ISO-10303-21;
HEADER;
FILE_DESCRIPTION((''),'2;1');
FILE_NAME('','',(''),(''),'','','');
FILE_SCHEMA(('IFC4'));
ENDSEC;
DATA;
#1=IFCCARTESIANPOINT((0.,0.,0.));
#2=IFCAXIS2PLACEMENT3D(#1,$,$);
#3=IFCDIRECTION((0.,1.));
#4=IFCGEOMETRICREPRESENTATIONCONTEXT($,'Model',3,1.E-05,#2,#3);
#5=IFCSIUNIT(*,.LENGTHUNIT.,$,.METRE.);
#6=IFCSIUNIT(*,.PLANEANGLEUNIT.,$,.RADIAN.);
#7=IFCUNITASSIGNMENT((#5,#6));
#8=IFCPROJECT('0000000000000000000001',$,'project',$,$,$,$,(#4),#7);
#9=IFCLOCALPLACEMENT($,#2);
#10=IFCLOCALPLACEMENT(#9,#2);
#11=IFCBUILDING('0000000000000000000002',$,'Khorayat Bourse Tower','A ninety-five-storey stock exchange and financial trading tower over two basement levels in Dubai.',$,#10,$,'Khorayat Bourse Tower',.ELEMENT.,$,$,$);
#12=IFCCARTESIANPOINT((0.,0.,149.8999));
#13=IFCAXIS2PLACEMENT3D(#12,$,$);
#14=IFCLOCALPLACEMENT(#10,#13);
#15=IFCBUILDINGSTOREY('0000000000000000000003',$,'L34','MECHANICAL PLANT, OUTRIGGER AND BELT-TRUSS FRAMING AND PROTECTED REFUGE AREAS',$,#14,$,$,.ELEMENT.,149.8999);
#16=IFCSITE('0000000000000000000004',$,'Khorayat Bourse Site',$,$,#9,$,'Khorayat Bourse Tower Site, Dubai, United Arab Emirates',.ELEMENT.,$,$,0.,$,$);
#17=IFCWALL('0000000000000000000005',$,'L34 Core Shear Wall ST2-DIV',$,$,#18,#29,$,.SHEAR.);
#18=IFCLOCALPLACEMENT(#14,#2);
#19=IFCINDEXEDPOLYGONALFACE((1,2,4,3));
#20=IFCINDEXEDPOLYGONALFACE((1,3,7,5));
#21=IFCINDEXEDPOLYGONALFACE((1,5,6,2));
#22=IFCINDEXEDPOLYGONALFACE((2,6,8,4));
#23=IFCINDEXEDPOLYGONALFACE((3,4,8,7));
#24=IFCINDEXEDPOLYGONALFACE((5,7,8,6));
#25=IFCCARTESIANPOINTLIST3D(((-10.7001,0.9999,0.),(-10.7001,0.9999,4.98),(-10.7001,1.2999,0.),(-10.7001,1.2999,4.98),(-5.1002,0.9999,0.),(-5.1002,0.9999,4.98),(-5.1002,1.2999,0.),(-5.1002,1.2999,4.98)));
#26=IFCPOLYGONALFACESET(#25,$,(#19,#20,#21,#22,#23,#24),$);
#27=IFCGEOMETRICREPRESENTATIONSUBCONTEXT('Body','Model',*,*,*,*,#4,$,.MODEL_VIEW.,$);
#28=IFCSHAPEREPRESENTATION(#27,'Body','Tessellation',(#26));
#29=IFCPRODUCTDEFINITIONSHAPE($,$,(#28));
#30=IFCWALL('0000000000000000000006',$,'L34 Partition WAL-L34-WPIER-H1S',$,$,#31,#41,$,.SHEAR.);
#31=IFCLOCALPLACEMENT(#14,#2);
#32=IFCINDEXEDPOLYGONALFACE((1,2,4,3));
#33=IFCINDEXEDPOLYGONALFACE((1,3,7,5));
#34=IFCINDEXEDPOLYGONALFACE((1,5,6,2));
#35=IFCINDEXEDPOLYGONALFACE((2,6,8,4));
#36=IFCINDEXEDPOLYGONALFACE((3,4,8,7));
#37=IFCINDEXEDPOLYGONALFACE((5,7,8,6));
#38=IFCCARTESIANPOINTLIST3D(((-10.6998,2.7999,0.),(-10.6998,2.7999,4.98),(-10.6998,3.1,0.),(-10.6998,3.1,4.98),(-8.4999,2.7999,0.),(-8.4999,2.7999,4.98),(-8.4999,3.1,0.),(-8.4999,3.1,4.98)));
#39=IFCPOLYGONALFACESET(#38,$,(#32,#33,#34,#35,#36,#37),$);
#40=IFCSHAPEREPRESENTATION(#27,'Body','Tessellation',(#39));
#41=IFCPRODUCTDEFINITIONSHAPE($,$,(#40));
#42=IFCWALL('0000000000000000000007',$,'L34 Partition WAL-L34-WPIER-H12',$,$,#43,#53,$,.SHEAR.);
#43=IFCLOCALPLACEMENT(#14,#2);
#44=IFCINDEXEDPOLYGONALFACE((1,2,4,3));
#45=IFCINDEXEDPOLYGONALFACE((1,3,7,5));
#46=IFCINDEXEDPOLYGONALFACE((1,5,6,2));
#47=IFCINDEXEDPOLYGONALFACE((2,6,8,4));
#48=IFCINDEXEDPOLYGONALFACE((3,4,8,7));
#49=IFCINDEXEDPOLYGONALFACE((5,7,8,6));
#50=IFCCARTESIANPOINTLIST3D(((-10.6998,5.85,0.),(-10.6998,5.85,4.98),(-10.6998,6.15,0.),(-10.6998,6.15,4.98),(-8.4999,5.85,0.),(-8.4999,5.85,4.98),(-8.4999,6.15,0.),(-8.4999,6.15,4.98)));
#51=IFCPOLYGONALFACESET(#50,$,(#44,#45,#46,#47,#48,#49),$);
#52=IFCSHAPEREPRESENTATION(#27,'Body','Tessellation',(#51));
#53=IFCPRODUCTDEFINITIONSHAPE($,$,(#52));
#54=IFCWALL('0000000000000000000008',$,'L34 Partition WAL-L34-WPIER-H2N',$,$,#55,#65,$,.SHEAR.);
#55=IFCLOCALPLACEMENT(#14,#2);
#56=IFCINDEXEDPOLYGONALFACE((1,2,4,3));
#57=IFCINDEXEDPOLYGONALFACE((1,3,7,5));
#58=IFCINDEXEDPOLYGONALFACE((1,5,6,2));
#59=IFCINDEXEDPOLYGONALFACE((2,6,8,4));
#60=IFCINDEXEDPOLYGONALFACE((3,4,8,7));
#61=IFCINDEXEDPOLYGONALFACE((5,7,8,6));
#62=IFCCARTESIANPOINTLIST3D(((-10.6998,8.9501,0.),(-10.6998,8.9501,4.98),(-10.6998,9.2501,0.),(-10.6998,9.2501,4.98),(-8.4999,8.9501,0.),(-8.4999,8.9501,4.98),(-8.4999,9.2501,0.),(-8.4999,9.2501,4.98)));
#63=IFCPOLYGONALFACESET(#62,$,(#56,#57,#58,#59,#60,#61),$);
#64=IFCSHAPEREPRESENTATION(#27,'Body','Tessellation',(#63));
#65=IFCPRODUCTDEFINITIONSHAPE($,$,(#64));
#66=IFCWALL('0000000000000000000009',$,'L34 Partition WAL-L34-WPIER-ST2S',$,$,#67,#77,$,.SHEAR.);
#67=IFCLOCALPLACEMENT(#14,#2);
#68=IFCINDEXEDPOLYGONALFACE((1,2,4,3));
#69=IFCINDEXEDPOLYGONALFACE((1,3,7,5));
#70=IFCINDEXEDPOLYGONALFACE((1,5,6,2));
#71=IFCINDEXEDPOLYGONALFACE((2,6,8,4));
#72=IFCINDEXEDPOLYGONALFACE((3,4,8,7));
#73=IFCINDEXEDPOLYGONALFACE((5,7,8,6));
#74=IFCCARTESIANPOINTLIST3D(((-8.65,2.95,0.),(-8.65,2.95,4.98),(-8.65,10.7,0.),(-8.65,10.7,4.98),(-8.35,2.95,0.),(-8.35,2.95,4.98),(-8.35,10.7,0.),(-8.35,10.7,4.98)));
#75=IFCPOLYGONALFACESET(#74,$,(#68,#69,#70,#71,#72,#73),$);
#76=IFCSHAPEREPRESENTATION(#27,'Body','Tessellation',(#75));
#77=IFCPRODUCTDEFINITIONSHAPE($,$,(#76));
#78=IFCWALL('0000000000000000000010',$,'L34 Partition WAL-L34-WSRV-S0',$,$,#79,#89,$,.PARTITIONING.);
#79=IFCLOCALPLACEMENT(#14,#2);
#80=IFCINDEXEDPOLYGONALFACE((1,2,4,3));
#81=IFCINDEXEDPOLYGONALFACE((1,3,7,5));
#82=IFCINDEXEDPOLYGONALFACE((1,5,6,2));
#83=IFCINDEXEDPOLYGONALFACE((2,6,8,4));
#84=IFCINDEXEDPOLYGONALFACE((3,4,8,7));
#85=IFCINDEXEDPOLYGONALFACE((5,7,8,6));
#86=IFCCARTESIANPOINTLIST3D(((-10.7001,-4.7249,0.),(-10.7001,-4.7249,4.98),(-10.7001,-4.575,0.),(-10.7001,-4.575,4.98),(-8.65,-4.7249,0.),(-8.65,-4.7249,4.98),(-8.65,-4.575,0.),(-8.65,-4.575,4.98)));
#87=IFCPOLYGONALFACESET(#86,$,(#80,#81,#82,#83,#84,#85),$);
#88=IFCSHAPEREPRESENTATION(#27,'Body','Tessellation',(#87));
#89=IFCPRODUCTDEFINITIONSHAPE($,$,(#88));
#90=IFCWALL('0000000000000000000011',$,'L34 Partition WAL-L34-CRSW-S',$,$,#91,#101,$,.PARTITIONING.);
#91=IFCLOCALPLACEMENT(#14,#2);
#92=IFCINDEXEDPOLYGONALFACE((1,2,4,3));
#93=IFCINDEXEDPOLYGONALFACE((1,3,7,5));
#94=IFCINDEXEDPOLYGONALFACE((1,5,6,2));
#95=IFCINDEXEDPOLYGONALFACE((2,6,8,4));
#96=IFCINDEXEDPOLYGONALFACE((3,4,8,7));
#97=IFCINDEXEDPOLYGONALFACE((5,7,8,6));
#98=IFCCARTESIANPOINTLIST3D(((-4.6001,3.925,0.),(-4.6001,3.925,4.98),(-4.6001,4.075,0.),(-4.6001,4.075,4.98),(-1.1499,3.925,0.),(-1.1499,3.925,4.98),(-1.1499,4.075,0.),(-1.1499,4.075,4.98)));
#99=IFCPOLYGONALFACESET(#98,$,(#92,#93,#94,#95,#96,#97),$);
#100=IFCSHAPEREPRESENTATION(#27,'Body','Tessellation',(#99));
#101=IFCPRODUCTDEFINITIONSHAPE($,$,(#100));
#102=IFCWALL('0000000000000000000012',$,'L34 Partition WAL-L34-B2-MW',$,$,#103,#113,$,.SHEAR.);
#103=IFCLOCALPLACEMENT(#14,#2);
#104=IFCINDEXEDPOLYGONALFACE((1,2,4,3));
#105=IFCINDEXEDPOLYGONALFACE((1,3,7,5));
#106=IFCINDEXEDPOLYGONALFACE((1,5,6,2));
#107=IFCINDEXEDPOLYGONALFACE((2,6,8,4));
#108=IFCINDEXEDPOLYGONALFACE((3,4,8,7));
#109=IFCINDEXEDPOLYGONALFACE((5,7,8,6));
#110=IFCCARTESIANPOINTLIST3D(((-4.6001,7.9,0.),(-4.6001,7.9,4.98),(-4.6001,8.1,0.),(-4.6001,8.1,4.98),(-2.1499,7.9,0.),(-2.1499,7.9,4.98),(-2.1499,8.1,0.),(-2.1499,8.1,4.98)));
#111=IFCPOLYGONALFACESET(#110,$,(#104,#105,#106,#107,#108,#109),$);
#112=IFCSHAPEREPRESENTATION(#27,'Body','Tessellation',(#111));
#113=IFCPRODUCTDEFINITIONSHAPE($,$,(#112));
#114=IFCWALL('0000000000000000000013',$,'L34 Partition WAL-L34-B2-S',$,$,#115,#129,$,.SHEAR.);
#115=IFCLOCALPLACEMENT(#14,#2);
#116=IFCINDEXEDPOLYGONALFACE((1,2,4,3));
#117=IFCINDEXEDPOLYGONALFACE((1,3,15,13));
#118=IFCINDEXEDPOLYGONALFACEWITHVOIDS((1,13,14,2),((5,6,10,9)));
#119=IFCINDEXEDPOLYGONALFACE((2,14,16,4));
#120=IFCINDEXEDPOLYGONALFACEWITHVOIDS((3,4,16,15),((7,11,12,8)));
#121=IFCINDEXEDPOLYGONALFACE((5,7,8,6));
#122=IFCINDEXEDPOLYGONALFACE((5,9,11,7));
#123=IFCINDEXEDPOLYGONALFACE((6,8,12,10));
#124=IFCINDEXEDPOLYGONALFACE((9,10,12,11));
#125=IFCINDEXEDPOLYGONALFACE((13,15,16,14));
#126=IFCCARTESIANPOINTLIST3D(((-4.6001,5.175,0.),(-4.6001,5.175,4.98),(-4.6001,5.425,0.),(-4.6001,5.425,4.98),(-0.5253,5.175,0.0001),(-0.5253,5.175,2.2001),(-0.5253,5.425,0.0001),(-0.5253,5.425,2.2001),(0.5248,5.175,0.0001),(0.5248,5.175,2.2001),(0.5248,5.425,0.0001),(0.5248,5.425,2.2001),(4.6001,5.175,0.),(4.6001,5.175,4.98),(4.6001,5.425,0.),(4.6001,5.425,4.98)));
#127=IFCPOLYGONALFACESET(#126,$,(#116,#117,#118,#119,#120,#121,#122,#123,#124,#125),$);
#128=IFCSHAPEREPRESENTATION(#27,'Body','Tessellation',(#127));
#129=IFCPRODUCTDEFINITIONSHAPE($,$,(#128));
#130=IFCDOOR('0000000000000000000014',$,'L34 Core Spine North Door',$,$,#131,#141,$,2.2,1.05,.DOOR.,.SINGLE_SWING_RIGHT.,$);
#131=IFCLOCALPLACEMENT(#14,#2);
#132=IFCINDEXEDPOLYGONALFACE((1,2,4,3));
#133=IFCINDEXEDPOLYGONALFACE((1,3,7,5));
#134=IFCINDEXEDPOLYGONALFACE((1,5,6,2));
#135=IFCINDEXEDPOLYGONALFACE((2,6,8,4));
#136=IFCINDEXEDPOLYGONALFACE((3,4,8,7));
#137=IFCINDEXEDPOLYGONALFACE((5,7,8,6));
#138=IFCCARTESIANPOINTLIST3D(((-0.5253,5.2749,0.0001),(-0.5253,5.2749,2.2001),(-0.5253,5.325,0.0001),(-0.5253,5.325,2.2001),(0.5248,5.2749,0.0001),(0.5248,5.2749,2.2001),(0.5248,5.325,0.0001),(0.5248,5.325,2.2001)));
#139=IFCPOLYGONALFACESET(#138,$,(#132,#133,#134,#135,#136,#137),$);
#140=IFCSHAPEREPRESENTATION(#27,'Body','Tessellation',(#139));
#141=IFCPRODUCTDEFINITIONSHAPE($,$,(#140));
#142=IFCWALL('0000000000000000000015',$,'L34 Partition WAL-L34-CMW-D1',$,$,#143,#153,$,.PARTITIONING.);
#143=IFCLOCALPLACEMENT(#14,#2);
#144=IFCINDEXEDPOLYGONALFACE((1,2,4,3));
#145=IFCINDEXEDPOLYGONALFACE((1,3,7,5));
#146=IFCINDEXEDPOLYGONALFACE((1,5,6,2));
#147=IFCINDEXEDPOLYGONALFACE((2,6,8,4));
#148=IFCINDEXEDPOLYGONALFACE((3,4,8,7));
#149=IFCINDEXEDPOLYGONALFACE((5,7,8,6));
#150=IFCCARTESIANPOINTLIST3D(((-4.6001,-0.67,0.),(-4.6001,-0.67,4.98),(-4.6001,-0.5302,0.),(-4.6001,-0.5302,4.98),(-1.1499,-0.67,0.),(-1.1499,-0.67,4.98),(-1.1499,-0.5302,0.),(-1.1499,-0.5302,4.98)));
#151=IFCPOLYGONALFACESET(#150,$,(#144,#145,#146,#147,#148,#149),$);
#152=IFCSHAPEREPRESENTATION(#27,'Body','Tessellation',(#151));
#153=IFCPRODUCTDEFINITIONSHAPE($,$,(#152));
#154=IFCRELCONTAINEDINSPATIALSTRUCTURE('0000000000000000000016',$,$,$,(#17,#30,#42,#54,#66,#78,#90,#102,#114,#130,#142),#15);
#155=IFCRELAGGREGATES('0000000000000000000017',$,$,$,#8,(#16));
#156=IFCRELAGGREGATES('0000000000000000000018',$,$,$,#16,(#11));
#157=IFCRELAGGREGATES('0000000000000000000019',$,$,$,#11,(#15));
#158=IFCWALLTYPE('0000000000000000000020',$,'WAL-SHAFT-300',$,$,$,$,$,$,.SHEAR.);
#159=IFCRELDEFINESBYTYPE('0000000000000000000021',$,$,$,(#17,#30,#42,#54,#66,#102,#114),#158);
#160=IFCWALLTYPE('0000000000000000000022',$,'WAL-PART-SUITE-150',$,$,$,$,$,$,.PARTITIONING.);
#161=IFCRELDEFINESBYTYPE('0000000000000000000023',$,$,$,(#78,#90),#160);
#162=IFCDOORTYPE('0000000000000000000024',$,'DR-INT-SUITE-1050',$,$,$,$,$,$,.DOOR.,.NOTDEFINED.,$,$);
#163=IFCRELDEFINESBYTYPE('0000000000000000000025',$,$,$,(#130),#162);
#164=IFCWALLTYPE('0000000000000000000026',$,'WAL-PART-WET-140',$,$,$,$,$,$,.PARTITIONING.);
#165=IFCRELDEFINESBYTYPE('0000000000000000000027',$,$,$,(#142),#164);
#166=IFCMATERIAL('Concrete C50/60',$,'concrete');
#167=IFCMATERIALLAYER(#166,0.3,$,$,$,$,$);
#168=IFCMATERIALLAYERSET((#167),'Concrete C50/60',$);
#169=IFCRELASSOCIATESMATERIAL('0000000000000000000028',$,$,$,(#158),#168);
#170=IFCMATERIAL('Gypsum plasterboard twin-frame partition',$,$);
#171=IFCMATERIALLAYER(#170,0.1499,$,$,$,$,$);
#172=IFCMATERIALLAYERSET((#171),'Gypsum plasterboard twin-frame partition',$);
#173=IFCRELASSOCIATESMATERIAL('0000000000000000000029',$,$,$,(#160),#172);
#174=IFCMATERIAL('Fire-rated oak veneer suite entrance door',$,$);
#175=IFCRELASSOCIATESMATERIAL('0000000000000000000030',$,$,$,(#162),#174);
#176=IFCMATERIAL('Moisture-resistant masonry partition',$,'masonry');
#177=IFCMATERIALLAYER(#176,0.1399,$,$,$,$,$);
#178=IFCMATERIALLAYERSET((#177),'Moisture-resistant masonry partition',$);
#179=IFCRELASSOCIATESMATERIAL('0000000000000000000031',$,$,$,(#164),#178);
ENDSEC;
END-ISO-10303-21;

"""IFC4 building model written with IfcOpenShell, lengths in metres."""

from ifc_helpers import new_model, si_unit, direction, frame, frame_2d, origin, place, context, subcontext, project, spatial, rectangle, extrude, source, transform, mapped, material, layer, layer_set, type_object, element, fill, save


model = new_model("IFC4")

# Units and contexts
model_context = context("Model", 3, precision=1e-05, world=origin(), true_north=direction((0.0, 1.0)))
body_context = subcontext(model_context, "Body", "Model", "MODEL_VIEW")
ifc_project = project(units=[si_unit("LENGTHUNIT", "METRE"), si_unit("PLANEANGLEUNIT", "RADIAN")], contexts=[model_context])

# Site, building, storey
site_placement = place(None, origin())
site = spatial("IfcSite", under=ifc_project, at=site_placement, Name="Khorayat Bourse Site", LongName="Khorayat Bourse Tower Site, Dubai, United Arab Emirates", CompositionType="ELEMENT", RefElevation=0.0)
building_placement = place(site_placement, origin())
building = spatial("IfcBuilding", under=site, at=building_placement, Name="Khorayat Bourse Tower", Description="A ninety-five-storey stock exchange and financial trading tower over two basement levels in Dubai.", LongName="Khorayat Bourse Tower", CompositionType="ELEMENT")
storey_placement = place(building_placement, frame((0.0, 0.0, 149.8999)))
storey = spatial("IfcBuildingStorey", under=building, at=storey_placement, Name="L34", Description="MECHANICAL PLANT, OUTRIGGER AND BELT-TRUSS FRAMING AND PROTECTED REFUGE AREAS", CompositionType="ELEMENT", Elevation=149.8999)

# Walls
ifc_material_1 = material(Name="Concrete C50/60", Category="concrete")
ifc_layer_1 = layer(ifc_material_1, 0.3)
ifc_layer_set_1 = layer_set([ifc_layer_1], Name="Concrete C50/60")
wall_type_1 = type_object("IfcWallType", Name="WAL-SHAFT-300", PredefinedType="SHEAR", material=ifc_layer_set_1)
shared_shape_1 = source(origin(), body_context, "Body", "SweptSolid", [
    extrude(rectangle(XDim=5.5999, YDim=0.3, at=frame_2d((2.7998, 0.0))), origin(), (0.0, 0.0, 1.0), 4.98),
])
for number, where, z_axis, x_axis, name in (
    (1, (-10.7, 1.1499, 0.0), (0.0, 0.0, 1.0), (1.0, 0.0, 0.0), "L34 Core Shear Wall ST2-DIV"),
):
    element("IfcWall", number, at=place(storey_placement, frame(where, z_axis=z_axis, x_axis=x_axis)), inside=storey, type_object=wall_type_1, Name=name, PredefinedType="SHEAR", context=body_context, shape_type="MappedRepresentation", body=[
        mapped(shared_shape_1, transform((0.0, 0.0, 0.0), scale=1.0)),
    ])
shared_shape_2 = source(origin(), body_context, "Body", "SweptSolid", [
    extrude(rectangle(XDim=2.2, YDim=0.3, at=frame_2d((1.1001, 0.0))), origin(), (0.0, 0.0, 1.0), 4.98),
])
for number, where, z_axis, x_axis, name in (
    (2, (-10.7, 2.95, 0.0), (0.0, 0.0, 1.0), (1.0, 0.0, 0.0), "L34 Partition WAL-L34-WPIER-H1S"),
    (3, (-10.7, 6.0, 0.0), (0.0, 0.0, 1.0), (1.0, 0.0, 0.0), "L34 Partition WAL-L34-WPIER-H12"),
    (4, (-10.7, 9.1001, 0.0), (0.0, 0.0, 1.0), (1.0, 0.0, 0.0), "L34 Partition WAL-L34-WPIER-H2N"),
):
    element("IfcWall", number, at=place(storey_placement, frame(where, z_axis=z_axis, x_axis=x_axis)), inside=storey, type_object=wall_type_1, Name=name, PredefinedType="SHEAR", context=body_context, shape_type="MappedRepresentation", body=[
        mapped(shared_shape_2, transform((0.0, 0.0, 0.0), scale=1.0)),
    ])
shared_shape_3 = source(origin(), body_context, "Body", "SweptSolid", [
    extrude(rectangle(XDim=7.75, YDim=0.3, at=frame_2d((3.875, 0.0))), origin(), (0.0, 0.0, 1.0), 4.98),
])
wall_1_placement = place(storey_placement, frame((-8.5, 2.95, 0.0), z_axis=(0.0, 0.0, 1.0), x_axis=(0.0, 1.0, 0.0)))
element("IfcWall", 5, at=wall_1_placement, inside=storey, type_object=wall_type_1, Name="L34 Partition WAL-L34-WPIER-ST2S", PredefinedType="SHEAR", context=body_context, shape_type="MappedRepresentation", body=[
    mapped(shared_shape_3, transform((0.0, 0.0, 0.0), scale=1.0)),
])
ifc_material_2 = material(Name="Gypsum plasterboard twin-frame partition")
ifc_layer_2 = layer(ifc_material_2, 0.1499)
ifc_layer_set_2 = layer_set([ifc_layer_2], Name="Gypsum plasterboard twin-frame partition")
wall_type_2 = type_object("IfcWallType", Name="WAL-PART-SUITE-150", PredefinedType="PARTITIONING", material=ifc_layer_set_2)
shared_shape_4 = source(origin(), body_context, "Body", "SweptSolid", [
    extrude(rectangle(XDim=2.05, YDim=0.1499, at=frame_2d((1.0249, 0.0))), origin(), (0.0, 0.0, 1.0), 4.98),
])
wall_2_placement = place(storey_placement, frame((-10.7, -4.6499, 0.0), z_axis=(0.0, 0.0, 1.0), x_axis=(1.0, 0.0, 0.0)))
element("IfcWall", 6, at=wall_2_placement, inside=storey, type_object=wall_type_2, Name="L34 Partition WAL-L34-WSRV-S0", PredefinedType="PARTITIONING", context=body_context, shape_type="MappedRepresentation", body=[
    mapped(shared_shape_4, transform((0.0, 0.0, 0.0), scale=1.0)),
])
shared_shape_5 = source(origin(), body_context, "Body", "SweptSolid", [
    extrude(rectangle(XDim=3.4502, YDim=0.1499, at=frame_2d((1.7251, 0.0))), origin(), (0.0, 0.0, 1.0), 4.98),
])
wall_3_placement = place(storey_placement, frame((-4.6001, 4.0, 0.0), z_axis=(0.0, 0.0, 1.0), x_axis=(1.0, 0.0, 0.0)))
element("IfcWall", 7, at=wall_3_placement, inside=storey, type_object=wall_type_2, Name="L34 Partition WAL-L34-CRSW-S", PredefinedType="PARTITIONING", context=body_context, shape_type="MappedRepresentation", body=[
    mapped(shared_shape_5, transform((0.0, 0.0, 0.0), scale=1.0)),
])
shared_shape_6 = source(origin(), body_context, "Body", "SweptSolid", [
    extrude(rectangle(XDim=2.4502, YDim=0.2, at=frame_2d((1.2251, 0.0))), origin(), (0.0, 0.0, 1.0), 4.98),
])
wall_4_placement = place(storey_placement, frame((-4.6001, 8.0, 0.0), z_axis=(0.0, 0.0, 1.0), x_axis=(1.0, 0.0, 0.0)))
element("IfcWall", 8, at=wall_4_placement, inside=storey, type_object=wall_type_1, Name="L34 Partition WAL-L34-B2-MW", PredefinedType="SHEAR", context=body_context, shape_type="MappedRepresentation", body=[
    mapped(shared_shape_6, transform((0.0, 0.0, 0.0), scale=1.0)),
])

# Wall, opening, door
shared_shape_7 = source(origin(), body_context, "Body", "SweptSolid", [
    extrude(rectangle(XDim=9.2002, YDim=0.25, at=frame_2d((4.6001, 0.0))), origin(), (0.0, 0.0, 1.0), 4.98),
])
wall_5_placement = place(storey_placement, frame((-4.6001, 5.3, 0.0), z_axis=(0.0, 0.0, 1.0), x_axis=(1.0, 0.0, 0.0)))
wall_5 = element("IfcWall", 9, at=wall_5_placement, inside=storey, type_object=wall_type_1, Name="L34 Partition WAL-L34-B2-S", PredefinedType="SHEAR", context=body_context, shape_type="MappedRepresentation", body=[
    mapped(shared_shape_7, transform((0.0, 0.0, 0.0), scale=1.0)),
])
shared_shape_8 = source(origin(), body_context, "Body", "SweptSolid", [
    extrude(rectangle(XDim=1.05, YDim=2.2, at=frame_2d((0.5249, 1.1001))), frame((0.0, 0.135, 0.0), z_axis=(0.0, -1.0, 0.0), x_axis=(1.0, 0.0, 0.0)), (0.0, 0.0, 1.0), 0.27),
])
opening_placement = place(wall_5_placement, frame((4.075, 0.0, 0.0)))
opening = element("IfcOpeningElement", 10, at=opening_placement, cuts=wall_5, PredefinedType="OPENING", context=body_context, shape_type="MappedRepresentation", body=[
    mapped(shared_shape_8, transform((0.0, 0.0, 0.0), scale=1.0)),
])
ifc_material_3 = material(Name="Fire-rated oak veneer suite entrance door")
door_type = type_object("IfcDoorType", Name="DR-INT-SUITE-1050", OperationType="NOTDEFINED", PredefinedType="DOOR", material=ifc_material_3)
shared_shape_9 = source(origin(), body_context, "Body", "SweptSolid", [
    extrude(rectangle(XDim=1.05, YDim=2.2, at=frame_2d((0.5249, 1.1001))), frame((0.0, 0.0249, 0.0), z_axis=(0.0, -1.0, 0.0), x_axis=(1.0, 0.0, 0.0)), (0.0, 0.0, 1.0), 0.05),
])
door_placement = place(opening_placement, origin())
door = element("IfcDoor", 11, at=door_placement, inside=storey, type_object=door_type, Name="L34 Core Spine North Door", OperationType="SINGLE_SWING_RIGHT", OverallHeight=2.2, OverallWidth=1.05, PredefinedType="DOOR", context=body_context, shape_type="MappedRepresentation", body=[
    mapped(shared_shape_9, transform((0.0, 0.0, 0.0), scale=1.0)),
])
fill(opening, door)

# Wall
ifc_material_4 = material(Name="Moisture-resistant masonry partition", Category="masonry")
ifc_layer_3 = layer(ifc_material_4, 0.1399)
ifc_layer_set_3 = layer_set([ifc_layer_3], Name="Moisture-resistant masonry partition")
wall_type_3 = type_object("IfcWallType", Name="WAL-PART-WET-140", PredefinedType="PARTITIONING", material=ifc_layer_set_3)
shared_shape_10 = source(origin(), body_context, "Body", "SweptSolid", [
    extrude(rectangle(XDim=3.4502, YDim=0.1399, at=frame_2d((1.7251, 0.0))), origin(), (0.0, 0.0, 1.0), 4.98),
])
wall_6_placement = place(storey_placement, frame((-4.6001, -0.6001, 0.0), z_axis=(0.0, 0.0, 1.0), x_axis=(1.0, 0.0, 0.0)))
element("IfcWall", 12, at=wall_6_placement, inside=storey, type_object=wall_type_3, Name="L34 Partition WAL-L34-CMW-D1", PredefinedType="PARTITIONING", context=body_context, shape_type="MappedRepresentation", body=[
    mapped(shared_shape_10, transform((0.0, 0.0, 0.0), scale=1.0)),
])

save(model, "model.ifc")
